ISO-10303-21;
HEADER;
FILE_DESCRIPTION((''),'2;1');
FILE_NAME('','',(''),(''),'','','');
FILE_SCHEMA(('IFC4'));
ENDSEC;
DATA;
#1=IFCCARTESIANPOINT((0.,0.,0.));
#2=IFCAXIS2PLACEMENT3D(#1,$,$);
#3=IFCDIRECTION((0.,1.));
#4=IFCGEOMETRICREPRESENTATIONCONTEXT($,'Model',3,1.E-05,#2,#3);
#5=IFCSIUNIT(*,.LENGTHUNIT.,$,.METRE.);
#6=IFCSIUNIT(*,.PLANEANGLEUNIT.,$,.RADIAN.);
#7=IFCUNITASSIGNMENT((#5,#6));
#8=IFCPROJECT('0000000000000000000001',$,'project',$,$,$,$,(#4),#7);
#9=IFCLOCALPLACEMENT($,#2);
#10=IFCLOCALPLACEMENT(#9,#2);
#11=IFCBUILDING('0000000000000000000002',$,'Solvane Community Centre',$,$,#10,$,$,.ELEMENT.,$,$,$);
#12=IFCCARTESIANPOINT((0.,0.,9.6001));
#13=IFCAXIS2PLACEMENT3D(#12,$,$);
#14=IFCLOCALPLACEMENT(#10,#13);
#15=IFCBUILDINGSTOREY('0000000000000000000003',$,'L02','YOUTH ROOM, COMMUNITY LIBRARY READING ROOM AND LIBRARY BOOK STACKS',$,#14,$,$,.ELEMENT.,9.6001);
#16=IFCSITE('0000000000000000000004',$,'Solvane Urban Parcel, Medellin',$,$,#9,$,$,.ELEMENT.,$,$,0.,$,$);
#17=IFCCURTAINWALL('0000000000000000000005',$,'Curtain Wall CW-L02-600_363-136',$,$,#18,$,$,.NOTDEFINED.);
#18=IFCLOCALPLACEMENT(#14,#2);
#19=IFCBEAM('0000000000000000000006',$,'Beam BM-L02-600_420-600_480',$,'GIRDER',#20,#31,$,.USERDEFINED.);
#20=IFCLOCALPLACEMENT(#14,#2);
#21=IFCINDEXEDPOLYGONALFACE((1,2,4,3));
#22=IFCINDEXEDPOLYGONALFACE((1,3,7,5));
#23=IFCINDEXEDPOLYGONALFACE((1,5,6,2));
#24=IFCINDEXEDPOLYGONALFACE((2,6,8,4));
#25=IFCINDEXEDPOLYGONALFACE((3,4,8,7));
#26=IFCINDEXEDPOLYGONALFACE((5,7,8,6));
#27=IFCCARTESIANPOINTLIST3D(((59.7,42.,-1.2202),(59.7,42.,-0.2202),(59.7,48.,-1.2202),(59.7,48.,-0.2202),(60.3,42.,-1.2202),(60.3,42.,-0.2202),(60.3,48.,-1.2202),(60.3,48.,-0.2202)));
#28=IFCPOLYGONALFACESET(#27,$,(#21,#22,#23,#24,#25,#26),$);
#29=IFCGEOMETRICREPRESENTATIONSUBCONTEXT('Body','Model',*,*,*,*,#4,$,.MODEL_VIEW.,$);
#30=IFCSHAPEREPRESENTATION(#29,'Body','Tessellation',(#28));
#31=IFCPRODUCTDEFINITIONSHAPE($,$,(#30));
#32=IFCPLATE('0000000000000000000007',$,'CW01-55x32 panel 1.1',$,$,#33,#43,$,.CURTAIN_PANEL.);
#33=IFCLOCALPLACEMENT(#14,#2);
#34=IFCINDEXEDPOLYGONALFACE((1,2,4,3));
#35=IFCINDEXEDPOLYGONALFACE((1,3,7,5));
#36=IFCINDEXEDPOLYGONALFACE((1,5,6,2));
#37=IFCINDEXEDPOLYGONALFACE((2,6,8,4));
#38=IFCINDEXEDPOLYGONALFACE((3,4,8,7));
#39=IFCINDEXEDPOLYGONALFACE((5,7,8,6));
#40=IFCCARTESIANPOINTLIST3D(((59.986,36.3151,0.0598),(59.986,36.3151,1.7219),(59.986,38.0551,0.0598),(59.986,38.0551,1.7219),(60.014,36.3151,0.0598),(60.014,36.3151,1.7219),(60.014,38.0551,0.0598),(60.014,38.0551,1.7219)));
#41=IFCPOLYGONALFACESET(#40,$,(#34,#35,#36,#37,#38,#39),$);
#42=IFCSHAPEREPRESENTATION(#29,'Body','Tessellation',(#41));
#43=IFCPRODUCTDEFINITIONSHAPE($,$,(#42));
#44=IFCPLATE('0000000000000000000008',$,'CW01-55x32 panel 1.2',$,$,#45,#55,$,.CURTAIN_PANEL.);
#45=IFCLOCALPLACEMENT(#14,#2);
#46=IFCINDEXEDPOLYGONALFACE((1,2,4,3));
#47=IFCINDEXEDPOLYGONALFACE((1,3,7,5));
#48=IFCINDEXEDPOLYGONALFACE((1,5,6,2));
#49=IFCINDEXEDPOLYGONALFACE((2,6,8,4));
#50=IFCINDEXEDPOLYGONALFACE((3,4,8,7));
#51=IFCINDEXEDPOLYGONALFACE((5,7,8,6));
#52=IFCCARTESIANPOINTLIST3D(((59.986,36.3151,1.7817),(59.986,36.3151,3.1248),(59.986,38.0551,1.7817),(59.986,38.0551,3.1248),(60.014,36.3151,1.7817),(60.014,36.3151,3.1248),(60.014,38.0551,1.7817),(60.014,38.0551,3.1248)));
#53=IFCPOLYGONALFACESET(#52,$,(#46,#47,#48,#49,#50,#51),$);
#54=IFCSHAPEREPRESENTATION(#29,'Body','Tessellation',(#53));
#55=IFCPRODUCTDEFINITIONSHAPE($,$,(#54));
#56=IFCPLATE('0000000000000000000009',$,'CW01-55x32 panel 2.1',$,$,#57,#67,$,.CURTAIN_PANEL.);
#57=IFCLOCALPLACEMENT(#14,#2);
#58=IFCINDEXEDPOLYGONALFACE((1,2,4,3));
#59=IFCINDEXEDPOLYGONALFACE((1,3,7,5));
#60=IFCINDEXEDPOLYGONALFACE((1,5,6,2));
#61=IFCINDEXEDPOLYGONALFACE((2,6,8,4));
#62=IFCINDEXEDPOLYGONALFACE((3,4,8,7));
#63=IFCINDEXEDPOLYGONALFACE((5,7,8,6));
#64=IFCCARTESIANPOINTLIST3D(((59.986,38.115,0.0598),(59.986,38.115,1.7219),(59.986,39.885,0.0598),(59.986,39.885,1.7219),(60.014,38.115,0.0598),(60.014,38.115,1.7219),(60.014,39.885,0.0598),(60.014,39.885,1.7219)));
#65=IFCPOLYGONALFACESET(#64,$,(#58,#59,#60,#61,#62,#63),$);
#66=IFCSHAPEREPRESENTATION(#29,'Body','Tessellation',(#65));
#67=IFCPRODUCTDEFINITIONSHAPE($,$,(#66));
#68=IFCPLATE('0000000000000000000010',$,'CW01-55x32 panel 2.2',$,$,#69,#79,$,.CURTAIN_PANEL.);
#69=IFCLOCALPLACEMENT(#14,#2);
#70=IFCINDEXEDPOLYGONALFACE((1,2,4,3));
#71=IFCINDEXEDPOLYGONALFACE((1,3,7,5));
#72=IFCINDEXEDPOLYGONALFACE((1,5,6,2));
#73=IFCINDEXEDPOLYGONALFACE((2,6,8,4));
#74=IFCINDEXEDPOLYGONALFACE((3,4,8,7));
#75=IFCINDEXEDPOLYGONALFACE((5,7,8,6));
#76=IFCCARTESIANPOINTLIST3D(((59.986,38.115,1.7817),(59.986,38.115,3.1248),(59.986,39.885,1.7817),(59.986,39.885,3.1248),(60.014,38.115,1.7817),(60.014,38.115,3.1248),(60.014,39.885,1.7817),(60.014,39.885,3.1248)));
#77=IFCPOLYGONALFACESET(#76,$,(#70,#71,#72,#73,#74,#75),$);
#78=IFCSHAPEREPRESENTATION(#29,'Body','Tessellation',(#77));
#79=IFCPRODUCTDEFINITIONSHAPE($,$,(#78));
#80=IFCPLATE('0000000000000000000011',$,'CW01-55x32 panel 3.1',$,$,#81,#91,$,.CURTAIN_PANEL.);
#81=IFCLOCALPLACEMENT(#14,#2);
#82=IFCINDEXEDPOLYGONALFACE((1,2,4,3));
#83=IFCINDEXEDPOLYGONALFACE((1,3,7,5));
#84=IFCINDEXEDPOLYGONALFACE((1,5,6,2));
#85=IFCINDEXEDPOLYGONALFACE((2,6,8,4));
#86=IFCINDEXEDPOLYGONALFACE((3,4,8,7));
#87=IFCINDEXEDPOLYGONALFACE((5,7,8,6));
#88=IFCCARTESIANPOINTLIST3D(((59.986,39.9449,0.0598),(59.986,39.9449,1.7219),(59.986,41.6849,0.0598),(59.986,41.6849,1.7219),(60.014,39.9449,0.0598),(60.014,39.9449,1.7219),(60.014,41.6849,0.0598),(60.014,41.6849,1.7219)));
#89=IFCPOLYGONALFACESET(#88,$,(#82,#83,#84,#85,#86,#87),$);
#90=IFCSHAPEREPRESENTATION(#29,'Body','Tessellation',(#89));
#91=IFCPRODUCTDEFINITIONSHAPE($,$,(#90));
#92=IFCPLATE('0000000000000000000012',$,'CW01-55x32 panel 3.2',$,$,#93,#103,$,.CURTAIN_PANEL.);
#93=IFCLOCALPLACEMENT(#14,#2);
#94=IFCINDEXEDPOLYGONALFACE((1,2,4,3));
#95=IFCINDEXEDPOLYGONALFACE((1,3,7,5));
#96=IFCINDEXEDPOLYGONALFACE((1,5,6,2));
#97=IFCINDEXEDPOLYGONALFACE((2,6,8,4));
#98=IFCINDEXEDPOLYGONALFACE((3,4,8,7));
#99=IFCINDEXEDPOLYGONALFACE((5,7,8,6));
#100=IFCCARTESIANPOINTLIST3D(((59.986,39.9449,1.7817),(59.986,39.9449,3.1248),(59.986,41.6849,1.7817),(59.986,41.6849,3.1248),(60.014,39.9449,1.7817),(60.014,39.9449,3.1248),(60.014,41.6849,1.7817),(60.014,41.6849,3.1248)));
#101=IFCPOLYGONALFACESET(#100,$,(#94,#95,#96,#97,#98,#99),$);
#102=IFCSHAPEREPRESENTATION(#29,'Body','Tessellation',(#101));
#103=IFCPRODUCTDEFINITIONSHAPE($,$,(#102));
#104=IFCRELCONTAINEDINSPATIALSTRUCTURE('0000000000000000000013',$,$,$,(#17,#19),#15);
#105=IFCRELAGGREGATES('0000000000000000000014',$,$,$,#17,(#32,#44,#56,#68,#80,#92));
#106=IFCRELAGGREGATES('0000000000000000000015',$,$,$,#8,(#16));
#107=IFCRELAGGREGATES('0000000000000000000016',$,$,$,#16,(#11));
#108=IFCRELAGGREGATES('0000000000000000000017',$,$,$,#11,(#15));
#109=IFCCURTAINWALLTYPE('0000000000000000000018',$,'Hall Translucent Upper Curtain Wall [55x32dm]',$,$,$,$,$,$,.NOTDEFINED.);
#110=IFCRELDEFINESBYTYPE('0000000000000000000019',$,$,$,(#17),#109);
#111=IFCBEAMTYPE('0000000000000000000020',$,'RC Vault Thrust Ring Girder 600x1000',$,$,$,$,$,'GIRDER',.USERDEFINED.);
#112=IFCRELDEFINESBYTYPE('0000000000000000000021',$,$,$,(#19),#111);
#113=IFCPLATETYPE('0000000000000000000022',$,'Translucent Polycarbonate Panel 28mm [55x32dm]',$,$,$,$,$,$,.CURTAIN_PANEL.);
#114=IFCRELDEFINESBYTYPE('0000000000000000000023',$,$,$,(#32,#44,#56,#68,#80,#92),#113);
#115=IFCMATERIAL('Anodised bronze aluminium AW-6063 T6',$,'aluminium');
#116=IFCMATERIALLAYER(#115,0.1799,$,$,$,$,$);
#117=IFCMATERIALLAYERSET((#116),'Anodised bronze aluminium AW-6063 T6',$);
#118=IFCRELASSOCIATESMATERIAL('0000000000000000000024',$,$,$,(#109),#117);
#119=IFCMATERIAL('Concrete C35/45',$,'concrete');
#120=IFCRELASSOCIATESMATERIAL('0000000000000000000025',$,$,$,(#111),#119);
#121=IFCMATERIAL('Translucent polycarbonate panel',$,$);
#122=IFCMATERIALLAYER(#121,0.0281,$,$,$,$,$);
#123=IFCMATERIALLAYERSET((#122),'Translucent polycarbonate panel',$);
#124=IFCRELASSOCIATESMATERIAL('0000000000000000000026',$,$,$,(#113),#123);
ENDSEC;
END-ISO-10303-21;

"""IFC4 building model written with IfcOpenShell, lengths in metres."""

from ifc_helpers import new_model, si_unit, direction, frame, origin, origin_2d, place, context, subcontext, project, spatial, rectangle, extrude, material, layer, layer_set, material_profile, profile_set, type_object, element, aggregate, save


model = new_model("IFC4")

# Units and contexts
model_context = context("Model", 3, precision=1e-05, world=origin(), true_north=direction((0.0, 1.0)))
body_context = subcontext(model_context, "Body", "Model", "MODEL_VIEW")
ifc_project = project(units=[si_unit("LENGTHUNIT", "METRE"), si_unit("PLANEANGLEUNIT", "RADIAN")], contexts=[model_context])

# Site, building, storey
site_placement = place(None, origin())
site = spatial("IfcSite", under=ifc_project, at=site_placement, Name="Solvane Urban Parcel, Medellin", CompositionType="ELEMENT", RefElevation=0.0)
building_placement = place(site_placement, origin())
building = spatial("IfcBuilding", under=site, at=building_placement, Name="Solvane Community Centre", CompositionType="ELEMENT")
storey_placement = place(building_placement, frame((0.0, 0.0, 9.6001)))
storey = spatial("IfcBuildingStorey", under=building, at=storey_placement, Name="L02", Description="YOUTH ROOM, COMMUNITY LIBRARY READING ROOM AND LIBRARY BOOK STACKS", CompositionType="ELEMENT", Elevation=9.6001)

# Curtain wall
ifc_material_1 = material(Name="Anodised bronze aluminium AW-6063 T6", Category="aluminium")
ifc_layer_1 = layer(ifc_material_1, 0.1799)
ifc_layer_set_1 = layer_set([ifc_layer_1], Name="Anodised bronze aluminium AW-6063 T6")
curtain_wall_type = type_object("IfcCurtainWallType", Name="Hall Translucent Upper Curtain Wall [55x32dm]", PredefinedType="NOTDEFINED", material=ifc_layer_set_1)
curtain_wall_placement = place(storey_placement, origin())
curtain_wall = element("IfcCurtainWall", 1, at=curtain_wall_placement, inside=storey, type_object=curtain_wall_type, Name="Curtain Wall CW-L02-600_363-136", PredefinedType="NOTDEFINED")

# Beam
ifc_material_2 = material(Name="Concrete C35/45", Category="concrete")
ifc_material_profile_1 = material_profile(ifc_material_2, rectangle(XDim=0.6001, YDim=1.0, at=origin_2d()), Name="RC 600x1000")
ifc_profile_set_1 = profile_set([ifc_material_profile_1], Name="Concrete C35/45")
beam_type_1 = type_object("IfcBeamType", Name="RC Vault Thrust Ring Girder 600x1000", ElementType="GIRDER", PredefinedType="USERDEFINED", material=ifc_profile_set_1)
beam_1_placement = place(storey_placement, frame((60.0, 42.0, -0.7202), z_axis=(0.0, 1.0, 0.0), x_axis=(-1.0, 0.0, 0.0)))
element("IfcBeam", 2, at=beam_1_placement, inside=storey, type_object=beam_type_1, Name="Beam BM-L02-600_420-600_480", ObjectType="GIRDER", PredefinedType="USERDEFINED", context=body_context, shape_type="SweptSolid", body=[
    extrude(rectangle(XDim=0.6001, YDim=1.0, at=origin_2d()), origin(), (0.0, 0.0, 1.0), 6.0),
])

# Plates
ifc_material_3 = material(Name="Translucent polycarbonate panel")
ifc_layer_2 = layer(ifc_material_3, 0.0281)
ifc_layer_set_2 = layer_set([ifc_layer_2], Name="Translucent polycarbonate panel")
plate_type = type_object("IfcPlateType", Name="Translucent Polycarbonate Panel 28mm [55x32dm]", PredefinedType="CURTAIN_PANEL", material=ifc_layer_set_2)
plate_1_placement = place(storey_placement, frame((60.0, 37.1851, 0.0598), z_axis=(0.0, 0.0, 1.0), x_axis=(0.0, 1.0, 0.0)))
plate_1 = element("IfcPlate", 3, at=plate_1_placement, type_object=plate_type, Name="CW01-55x32 panel 1.1", PredefinedType="CURTAIN_PANEL", context=body_context, shape_type="SweptSolid", body=[
    extrude(rectangle(XDim=1.74, YDim=0.0281, at=origin_2d()), origin(), (0.0, 0.0, 1.0), 1.6621),
])
plate_2_placement = place(storey_placement, frame((60.0, 37.1851, 1.7817), z_axis=(0.0, 0.0, 1.0), x_axis=(0.0, 1.0, 0.0)))
plate_2 = element("IfcPlate", 4, at=plate_2_placement, type_object=plate_type, Name="CW01-55x32 panel 1.2", PredefinedType="CURTAIN_PANEL", context=body_context, shape_type="SweptSolid", body=[
    extrude(rectangle(XDim=1.74, YDim=0.0281, at=origin_2d()), origin(), (0.0, 0.0, 1.0), 1.343),
])
plate_3_placement = place(storey_placement, frame((60.0, 39.0, 0.0598), z_axis=(0.0, 0.0, 1.0), x_axis=(0.0, 1.0, 0.0)))
plate_3 = element("IfcPlate", 5, at=plate_3_placement, type_object=plate_type, Name="CW01-55x32 panel 2.1", PredefinedType="CURTAIN_PANEL", context=body_context, shape_type="SweptSolid", body=[
    extrude(rectangle(XDim=1.77, YDim=0.0281, at=origin_2d()), origin(), (0.0, 0.0, 1.0), 1.6621),
])
plate_4_placement = place(storey_placement, frame((60.0, 39.0, 1.7817), z_axis=(0.0, 0.0, 1.0), x_axis=(0.0, 1.0, 0.0)))
plate_4 = element("IfcPlate", 6, at=plate_4_placement, type_object=plate_type, Name="CW01-55x32 panel 2.2", PredefinedType="CURTAIN_PANEL", context=body_context, shape_type="SweptSolid", body=[
    extrude(rectangle(XDim=1.77, YDim=0.0281, at=origin_2d()), origin(), (0.0, 0.0, 1.0), 1.343),
])
plate_5_placement = place(storey_placement, frame((60.0, 40.8149, 0.0598), z_axis=(0.0, 0.0, 1.0), x_axis=(0.0, 1.0, 0.0)))
plate_5 = element("IfcPlate", 7, at=plate_5_placement, type_object=plate_type, Name="CW01-55x32 panel 3.1", PredefinedType="CURTAIN_PANEL", context=body_context, shape_type="SweptSolid", body=[
    extrude(rectangle(XDim=1.74, YDim=0.0281, at=origin_2d()), origin(), (0.0, 0.0, 1.0), 1.6621),
])
plate_6_placement = place(storey_placement, frame((60.0, 40.8149, 1.7817), z_axis=(0.0, 0.0, 1.0), x_axis=(0.0, 1.0, 0.0)))
plate_6 = element("IfcPlate", 8, at=plate_6_placement, type_object=plate_type, Name="CW01-55x32 panel 3.2", PredefinedType="CURTAIN_PANEL", context=body_context, shape_type="SweptSolid", body=[
    extrude(rectangle(XDim=1.74, YDim=0.0281, at=origin_2d()), origin(), (0.0, 0.0, 1.0), 1.343),
])
aggregate(curtain_wall, [plate_1, plate_2, plate_3, plate_4, plate_5, plate_6])

save(model, "model.ifc")
